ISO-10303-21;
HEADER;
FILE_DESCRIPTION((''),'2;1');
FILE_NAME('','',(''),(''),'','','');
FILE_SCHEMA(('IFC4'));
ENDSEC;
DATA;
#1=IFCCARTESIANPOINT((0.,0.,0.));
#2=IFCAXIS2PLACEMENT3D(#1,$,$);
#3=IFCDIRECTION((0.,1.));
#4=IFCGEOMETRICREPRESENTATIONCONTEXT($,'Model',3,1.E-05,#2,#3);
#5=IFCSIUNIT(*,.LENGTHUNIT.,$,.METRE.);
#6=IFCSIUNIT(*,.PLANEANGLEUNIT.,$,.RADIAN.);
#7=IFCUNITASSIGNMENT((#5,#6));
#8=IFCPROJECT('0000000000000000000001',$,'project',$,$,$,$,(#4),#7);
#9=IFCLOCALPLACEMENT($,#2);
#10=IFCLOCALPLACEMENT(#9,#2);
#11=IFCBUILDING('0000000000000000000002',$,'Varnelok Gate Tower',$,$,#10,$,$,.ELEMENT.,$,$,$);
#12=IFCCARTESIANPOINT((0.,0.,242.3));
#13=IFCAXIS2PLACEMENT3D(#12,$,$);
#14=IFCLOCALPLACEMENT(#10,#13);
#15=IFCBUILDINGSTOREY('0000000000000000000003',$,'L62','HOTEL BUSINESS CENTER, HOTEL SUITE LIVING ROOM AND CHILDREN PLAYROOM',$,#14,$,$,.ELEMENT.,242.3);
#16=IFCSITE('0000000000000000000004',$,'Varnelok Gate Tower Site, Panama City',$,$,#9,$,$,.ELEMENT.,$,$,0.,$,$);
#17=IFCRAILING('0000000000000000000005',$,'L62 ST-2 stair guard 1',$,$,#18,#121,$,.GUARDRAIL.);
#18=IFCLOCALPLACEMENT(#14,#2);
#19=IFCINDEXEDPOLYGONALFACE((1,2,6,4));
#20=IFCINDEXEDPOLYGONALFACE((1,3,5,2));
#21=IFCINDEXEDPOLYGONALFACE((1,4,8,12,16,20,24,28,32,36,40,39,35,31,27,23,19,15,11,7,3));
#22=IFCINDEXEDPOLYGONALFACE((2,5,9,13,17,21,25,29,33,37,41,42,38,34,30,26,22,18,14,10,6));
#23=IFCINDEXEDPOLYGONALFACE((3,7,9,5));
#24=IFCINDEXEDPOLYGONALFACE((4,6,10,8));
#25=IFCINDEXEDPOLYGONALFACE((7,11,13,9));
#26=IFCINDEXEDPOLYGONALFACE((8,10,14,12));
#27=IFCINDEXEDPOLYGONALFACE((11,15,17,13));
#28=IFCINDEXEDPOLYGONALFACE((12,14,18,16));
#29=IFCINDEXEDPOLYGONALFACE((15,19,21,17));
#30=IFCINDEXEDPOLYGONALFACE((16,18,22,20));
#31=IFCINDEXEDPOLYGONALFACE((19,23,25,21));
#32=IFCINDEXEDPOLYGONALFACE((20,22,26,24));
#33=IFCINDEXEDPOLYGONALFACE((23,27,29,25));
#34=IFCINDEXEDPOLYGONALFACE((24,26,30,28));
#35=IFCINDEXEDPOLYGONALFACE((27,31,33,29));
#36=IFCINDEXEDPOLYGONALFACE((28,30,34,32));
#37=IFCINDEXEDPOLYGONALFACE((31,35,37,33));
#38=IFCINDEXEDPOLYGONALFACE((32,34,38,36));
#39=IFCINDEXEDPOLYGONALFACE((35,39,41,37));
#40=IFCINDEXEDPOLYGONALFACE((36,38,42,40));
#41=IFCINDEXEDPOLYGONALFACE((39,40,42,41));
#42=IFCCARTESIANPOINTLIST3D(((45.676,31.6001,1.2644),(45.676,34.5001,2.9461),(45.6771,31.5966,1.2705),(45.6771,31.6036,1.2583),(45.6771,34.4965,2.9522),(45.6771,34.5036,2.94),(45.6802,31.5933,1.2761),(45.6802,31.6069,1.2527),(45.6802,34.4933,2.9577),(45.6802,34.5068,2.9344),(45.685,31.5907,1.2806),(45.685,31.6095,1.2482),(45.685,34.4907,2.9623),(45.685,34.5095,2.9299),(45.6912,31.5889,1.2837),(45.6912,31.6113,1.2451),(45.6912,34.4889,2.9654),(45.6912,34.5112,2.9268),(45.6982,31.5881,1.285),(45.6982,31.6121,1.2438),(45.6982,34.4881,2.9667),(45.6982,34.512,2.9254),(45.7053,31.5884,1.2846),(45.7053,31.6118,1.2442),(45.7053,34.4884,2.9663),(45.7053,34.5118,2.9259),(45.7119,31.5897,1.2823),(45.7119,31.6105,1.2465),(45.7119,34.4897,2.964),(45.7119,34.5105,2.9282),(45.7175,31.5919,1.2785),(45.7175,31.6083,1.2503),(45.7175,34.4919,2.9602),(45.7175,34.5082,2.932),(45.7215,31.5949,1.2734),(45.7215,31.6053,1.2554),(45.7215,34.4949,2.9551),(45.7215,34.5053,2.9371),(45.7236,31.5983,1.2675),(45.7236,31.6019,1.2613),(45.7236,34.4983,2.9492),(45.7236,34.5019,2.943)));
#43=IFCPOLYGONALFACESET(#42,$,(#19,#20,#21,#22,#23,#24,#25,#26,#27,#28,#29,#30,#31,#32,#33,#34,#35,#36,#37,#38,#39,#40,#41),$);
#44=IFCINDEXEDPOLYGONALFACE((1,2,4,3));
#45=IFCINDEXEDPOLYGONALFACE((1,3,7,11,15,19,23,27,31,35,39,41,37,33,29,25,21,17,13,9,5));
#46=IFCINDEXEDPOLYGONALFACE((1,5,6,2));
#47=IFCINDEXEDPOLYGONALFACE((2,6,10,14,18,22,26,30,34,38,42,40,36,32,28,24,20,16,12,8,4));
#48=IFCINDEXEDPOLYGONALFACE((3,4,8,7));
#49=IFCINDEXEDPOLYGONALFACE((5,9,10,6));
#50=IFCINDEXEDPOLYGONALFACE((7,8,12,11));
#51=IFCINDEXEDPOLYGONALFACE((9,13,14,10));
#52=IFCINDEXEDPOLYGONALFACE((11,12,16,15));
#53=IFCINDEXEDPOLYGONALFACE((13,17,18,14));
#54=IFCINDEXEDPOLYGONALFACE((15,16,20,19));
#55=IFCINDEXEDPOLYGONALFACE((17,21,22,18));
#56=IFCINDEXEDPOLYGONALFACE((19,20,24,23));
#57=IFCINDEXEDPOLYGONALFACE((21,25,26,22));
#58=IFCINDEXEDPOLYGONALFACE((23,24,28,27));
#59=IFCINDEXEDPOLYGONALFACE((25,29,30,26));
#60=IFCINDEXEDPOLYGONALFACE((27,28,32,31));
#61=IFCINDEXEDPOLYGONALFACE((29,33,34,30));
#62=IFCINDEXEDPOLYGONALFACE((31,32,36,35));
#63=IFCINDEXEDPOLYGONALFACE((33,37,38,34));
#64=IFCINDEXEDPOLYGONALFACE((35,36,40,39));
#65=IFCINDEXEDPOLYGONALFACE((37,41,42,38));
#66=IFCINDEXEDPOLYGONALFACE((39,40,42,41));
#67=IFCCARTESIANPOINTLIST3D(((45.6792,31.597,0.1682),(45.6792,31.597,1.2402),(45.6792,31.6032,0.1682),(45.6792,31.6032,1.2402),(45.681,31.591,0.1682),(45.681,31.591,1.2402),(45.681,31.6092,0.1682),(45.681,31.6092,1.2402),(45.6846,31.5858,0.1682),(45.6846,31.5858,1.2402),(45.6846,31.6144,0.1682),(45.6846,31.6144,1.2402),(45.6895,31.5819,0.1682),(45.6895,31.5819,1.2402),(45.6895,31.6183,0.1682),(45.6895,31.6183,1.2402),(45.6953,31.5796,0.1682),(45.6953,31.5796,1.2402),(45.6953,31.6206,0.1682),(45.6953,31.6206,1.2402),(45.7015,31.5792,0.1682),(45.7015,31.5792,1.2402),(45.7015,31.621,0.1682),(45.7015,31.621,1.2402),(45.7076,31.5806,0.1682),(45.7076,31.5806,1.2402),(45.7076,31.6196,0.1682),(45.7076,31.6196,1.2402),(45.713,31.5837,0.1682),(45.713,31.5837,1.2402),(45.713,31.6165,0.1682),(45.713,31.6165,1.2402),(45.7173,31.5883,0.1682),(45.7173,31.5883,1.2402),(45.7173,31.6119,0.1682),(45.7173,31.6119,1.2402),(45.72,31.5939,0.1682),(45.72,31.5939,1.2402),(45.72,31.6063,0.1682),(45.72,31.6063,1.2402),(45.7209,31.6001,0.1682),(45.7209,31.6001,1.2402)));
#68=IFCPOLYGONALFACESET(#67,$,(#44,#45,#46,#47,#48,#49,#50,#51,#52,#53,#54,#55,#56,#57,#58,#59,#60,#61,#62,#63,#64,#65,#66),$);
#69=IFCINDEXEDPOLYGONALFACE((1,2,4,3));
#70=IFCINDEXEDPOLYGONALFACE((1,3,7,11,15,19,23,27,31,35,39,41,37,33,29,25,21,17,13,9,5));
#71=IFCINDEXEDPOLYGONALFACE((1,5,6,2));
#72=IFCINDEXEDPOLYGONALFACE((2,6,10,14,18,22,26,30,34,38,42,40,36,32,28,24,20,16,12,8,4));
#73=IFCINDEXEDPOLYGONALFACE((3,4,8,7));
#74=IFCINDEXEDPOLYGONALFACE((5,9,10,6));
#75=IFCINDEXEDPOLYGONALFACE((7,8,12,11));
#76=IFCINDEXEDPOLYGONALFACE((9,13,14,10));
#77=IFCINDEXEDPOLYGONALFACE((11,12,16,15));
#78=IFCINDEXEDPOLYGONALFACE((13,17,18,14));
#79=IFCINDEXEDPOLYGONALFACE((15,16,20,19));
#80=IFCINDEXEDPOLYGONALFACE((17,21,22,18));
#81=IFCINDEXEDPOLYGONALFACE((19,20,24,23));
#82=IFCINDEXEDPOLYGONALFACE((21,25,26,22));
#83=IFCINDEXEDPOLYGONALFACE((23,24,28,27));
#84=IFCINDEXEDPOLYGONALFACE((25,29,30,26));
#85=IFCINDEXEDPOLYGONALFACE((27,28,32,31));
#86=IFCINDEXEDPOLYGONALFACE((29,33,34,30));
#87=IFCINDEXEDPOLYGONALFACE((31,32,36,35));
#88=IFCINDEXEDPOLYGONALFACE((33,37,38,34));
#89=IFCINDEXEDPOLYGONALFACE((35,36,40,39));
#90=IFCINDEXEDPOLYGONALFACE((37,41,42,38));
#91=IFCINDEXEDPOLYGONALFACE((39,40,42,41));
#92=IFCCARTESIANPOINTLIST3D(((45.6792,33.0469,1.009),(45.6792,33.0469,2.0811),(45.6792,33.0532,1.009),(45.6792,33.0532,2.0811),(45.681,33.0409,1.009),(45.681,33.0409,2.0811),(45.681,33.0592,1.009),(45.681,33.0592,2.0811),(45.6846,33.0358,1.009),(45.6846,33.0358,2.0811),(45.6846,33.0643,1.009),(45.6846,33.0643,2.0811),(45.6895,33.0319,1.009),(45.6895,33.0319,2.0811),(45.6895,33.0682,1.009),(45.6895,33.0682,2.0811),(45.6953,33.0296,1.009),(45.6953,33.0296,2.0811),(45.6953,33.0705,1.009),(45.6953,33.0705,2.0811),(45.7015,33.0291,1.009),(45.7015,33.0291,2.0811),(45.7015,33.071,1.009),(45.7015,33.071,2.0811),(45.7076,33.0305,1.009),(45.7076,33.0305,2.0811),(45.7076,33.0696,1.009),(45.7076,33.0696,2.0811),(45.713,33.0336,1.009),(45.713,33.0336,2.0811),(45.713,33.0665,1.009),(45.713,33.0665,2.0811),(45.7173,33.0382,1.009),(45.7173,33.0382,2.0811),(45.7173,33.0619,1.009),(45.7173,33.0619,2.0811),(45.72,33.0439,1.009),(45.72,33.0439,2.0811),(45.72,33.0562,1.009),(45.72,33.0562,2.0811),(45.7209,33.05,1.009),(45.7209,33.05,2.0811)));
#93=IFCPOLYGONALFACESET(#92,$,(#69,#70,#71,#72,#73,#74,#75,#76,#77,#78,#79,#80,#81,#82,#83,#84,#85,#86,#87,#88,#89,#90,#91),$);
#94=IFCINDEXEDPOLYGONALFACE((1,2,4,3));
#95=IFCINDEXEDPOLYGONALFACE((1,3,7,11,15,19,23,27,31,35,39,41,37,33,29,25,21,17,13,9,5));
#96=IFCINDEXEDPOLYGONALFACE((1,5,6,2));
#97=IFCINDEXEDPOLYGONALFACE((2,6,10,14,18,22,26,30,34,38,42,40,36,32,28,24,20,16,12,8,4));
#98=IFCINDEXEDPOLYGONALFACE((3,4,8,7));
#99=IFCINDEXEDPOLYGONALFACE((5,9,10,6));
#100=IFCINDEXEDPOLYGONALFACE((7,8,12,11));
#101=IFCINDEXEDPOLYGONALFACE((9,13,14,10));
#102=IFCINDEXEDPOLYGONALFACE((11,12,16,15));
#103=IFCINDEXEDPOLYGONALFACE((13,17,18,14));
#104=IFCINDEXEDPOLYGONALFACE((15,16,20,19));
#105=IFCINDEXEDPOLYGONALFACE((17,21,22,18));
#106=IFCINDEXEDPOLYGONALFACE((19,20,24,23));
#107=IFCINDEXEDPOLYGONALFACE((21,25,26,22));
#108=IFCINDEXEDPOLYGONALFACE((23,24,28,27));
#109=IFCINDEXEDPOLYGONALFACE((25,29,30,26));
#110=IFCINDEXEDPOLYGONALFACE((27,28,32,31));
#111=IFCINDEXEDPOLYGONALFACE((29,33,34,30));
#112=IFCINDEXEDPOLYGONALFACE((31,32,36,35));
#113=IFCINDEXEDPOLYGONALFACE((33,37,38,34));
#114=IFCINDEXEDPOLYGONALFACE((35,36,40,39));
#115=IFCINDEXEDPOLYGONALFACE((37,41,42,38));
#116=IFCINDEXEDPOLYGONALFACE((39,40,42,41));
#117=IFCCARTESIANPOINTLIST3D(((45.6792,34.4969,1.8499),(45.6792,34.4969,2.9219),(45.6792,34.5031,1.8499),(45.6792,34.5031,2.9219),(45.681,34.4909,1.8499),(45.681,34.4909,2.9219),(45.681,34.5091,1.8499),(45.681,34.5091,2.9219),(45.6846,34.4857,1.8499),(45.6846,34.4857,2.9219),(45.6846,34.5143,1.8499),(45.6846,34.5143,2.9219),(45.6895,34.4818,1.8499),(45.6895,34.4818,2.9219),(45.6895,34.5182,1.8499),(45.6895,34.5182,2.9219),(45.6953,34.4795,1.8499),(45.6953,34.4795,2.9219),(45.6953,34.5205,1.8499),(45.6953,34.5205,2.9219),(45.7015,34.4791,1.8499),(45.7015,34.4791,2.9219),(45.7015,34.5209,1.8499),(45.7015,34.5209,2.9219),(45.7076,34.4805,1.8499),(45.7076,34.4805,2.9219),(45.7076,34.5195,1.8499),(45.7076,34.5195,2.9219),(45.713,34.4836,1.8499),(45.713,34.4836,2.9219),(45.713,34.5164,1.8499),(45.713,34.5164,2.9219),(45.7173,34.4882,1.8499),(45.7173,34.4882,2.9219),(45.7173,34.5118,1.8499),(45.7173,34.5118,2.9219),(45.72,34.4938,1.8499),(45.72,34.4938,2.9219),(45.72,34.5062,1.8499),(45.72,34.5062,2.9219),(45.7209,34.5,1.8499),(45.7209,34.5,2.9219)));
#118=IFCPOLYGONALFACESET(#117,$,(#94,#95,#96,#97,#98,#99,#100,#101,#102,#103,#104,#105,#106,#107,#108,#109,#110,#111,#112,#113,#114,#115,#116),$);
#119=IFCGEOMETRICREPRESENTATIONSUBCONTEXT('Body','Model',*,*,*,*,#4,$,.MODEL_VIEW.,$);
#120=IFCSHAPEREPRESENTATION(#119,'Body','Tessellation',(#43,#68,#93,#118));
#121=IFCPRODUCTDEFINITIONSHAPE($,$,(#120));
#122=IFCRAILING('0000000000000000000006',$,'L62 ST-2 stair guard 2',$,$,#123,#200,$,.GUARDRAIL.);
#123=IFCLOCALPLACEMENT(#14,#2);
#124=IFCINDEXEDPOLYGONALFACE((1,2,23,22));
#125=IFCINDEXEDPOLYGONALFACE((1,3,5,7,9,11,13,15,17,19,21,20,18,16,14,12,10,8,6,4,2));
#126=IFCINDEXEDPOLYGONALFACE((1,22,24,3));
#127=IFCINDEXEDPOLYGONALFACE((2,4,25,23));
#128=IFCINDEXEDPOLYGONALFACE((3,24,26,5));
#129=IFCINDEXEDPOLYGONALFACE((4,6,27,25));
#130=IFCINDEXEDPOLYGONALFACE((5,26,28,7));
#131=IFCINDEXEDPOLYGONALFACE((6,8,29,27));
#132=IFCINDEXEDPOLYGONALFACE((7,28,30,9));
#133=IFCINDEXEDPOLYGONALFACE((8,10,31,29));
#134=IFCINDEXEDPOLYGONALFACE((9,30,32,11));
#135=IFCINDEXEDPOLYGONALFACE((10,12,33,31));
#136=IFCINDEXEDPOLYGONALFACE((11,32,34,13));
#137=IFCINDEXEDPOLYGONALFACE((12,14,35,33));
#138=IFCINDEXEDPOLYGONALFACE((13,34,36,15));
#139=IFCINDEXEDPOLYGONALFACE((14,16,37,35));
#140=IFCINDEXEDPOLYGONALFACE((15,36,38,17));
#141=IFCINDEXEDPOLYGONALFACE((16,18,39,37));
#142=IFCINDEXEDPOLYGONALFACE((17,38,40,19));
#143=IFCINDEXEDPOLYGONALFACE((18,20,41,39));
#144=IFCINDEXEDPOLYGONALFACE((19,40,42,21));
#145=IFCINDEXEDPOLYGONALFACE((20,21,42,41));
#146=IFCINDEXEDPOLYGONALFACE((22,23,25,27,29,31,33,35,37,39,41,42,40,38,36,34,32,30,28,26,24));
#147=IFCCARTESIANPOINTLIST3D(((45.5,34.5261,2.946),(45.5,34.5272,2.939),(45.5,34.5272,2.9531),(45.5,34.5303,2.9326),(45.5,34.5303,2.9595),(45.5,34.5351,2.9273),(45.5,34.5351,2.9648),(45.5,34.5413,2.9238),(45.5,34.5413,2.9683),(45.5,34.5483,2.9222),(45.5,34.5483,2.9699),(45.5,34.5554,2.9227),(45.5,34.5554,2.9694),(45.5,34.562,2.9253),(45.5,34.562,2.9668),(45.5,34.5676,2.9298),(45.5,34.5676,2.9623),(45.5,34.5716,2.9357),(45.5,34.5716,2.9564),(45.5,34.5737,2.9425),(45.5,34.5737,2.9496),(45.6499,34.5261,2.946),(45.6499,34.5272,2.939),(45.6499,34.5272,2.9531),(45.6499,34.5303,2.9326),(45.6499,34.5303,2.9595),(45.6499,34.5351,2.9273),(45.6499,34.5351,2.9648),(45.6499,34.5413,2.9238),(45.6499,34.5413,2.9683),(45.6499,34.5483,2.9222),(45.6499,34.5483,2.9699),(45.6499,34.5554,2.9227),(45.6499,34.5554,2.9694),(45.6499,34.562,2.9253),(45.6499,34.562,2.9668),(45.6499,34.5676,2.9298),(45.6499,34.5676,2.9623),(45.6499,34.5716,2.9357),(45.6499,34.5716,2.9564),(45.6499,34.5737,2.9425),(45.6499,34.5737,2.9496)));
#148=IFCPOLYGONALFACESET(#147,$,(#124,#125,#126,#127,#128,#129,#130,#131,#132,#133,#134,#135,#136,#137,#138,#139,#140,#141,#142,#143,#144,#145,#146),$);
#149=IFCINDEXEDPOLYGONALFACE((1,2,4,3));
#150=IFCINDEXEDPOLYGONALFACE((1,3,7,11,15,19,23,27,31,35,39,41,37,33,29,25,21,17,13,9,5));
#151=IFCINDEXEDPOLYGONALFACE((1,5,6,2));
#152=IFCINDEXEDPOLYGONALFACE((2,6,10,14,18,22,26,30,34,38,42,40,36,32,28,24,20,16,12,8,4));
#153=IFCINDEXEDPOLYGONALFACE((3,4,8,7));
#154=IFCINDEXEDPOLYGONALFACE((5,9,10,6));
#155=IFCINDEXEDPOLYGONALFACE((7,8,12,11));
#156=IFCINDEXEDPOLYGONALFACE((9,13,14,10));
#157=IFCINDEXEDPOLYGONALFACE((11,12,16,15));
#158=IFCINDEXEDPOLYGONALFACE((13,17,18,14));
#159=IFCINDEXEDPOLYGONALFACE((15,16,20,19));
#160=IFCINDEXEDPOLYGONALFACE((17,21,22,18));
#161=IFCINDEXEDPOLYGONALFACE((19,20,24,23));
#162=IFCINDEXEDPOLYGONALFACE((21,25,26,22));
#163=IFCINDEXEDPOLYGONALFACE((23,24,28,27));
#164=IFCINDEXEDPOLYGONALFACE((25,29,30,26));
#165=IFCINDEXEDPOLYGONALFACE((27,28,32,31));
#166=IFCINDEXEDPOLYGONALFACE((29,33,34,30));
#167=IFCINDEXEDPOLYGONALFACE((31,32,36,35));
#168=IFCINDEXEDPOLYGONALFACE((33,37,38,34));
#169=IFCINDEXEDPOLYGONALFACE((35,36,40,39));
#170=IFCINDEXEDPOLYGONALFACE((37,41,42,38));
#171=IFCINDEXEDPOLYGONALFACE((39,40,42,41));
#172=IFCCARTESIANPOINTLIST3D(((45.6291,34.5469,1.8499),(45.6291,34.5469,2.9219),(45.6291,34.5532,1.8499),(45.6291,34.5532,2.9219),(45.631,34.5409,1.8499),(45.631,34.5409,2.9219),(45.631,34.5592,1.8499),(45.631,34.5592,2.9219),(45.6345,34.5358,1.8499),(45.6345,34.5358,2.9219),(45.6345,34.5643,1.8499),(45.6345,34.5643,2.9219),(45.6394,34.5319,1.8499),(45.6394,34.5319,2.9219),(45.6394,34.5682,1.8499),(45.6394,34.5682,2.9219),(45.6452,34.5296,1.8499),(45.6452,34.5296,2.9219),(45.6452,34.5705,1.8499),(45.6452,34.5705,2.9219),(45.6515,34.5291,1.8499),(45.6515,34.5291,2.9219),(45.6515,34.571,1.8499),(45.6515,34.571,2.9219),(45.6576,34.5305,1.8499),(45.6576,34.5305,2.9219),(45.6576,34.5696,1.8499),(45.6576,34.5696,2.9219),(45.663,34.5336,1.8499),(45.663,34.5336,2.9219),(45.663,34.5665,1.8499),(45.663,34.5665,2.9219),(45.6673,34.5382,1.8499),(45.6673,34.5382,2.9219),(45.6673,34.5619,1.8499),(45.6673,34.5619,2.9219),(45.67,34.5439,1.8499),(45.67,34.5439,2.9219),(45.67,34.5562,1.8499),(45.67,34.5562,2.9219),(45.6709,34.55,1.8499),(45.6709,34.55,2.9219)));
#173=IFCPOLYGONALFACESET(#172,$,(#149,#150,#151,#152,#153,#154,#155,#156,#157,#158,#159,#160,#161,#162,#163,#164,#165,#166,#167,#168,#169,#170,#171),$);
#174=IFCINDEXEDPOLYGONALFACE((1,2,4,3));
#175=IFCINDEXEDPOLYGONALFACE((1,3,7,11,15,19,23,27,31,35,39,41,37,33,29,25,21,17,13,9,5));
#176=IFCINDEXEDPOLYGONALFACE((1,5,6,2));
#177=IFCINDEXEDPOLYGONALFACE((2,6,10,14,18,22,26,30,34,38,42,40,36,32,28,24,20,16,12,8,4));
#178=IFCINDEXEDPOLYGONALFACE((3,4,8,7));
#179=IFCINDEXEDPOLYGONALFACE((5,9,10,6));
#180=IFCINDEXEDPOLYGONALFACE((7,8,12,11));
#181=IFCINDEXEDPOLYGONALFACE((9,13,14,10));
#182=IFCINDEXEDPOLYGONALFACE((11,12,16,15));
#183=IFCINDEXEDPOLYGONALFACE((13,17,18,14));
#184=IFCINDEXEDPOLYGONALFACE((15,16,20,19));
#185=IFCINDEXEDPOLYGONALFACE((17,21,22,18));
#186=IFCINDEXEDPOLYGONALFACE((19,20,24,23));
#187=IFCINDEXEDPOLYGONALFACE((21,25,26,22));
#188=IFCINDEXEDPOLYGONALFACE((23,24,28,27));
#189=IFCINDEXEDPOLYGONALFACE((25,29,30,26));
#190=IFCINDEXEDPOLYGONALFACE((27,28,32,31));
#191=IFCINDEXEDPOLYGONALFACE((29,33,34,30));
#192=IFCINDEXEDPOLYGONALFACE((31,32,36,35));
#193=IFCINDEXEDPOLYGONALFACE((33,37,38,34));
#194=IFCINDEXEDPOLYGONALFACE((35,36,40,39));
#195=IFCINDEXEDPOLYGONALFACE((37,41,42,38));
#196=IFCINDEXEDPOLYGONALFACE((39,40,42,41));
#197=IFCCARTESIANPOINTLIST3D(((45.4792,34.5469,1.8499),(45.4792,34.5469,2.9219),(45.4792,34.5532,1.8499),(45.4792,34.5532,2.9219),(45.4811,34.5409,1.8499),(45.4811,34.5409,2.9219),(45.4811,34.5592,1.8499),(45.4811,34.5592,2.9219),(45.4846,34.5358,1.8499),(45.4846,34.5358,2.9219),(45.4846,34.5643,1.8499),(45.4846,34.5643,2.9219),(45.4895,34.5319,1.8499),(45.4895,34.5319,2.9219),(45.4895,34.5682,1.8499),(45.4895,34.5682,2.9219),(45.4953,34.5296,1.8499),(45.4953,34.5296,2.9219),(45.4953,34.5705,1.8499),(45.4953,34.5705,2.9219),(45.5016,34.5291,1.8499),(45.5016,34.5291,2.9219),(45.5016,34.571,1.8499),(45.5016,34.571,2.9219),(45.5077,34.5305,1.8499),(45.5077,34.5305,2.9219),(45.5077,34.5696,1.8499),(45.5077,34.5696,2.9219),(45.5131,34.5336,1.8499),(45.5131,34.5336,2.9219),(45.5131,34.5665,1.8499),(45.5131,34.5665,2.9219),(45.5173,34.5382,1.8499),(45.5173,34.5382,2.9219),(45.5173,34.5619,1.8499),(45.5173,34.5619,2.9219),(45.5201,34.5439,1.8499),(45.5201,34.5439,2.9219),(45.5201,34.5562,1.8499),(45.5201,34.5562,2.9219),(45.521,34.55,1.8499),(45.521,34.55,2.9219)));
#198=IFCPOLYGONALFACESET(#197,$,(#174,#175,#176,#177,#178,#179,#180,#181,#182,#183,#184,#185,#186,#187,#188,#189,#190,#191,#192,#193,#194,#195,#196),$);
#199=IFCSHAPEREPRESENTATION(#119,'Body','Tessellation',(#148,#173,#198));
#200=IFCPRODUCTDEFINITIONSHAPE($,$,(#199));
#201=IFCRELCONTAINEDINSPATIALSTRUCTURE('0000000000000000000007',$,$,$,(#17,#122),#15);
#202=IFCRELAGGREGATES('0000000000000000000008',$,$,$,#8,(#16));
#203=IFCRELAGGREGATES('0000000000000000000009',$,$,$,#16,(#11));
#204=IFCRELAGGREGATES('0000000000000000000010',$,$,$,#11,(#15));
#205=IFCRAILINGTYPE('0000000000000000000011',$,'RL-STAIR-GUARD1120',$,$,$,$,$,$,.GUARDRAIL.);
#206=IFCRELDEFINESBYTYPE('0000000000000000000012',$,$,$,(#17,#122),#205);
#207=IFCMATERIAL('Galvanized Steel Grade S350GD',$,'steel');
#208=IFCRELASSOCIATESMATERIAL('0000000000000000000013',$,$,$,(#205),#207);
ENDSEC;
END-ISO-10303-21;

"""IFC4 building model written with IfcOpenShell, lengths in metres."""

from ifc_helpers import new_model, si_unit, direction, frame, origin, origin_2d, place, context, subcontext, project, spatial, circle, extrude, material, type_object, element, save


model = new_model("IFC4")

# Units and contexts
model_context = context("Model", 3, precision=1e-05, world=origin(), true_north=direction((0.0, 1.0)))
body_context = subcontext(model_context, "Body", "Model", "MODEL_VIEW")
ifc_project = project(units=[si_unit("LENGTHUNIT", "METRE"), si_unit("PLANEANGLEUNIT", "RADIAN")], contexts=[model_context])

# Site, building, storey
site_placement = place(None, origin())
site = spatial("IfcSite", under=ifc_project, at=site_placement, Name="Varnelok Gate Tower Site, Panama City", CompositionType="ELEMENT", RefElevation=0.0)
building_placement = place(site_placement, origin())
building = spatial("IfcBuilding", under=site, at=building_placement, Name="Varnelok Gate Tower", CompositionType="ELEMENT")
storey_placement = place(building_placement, frame((0.0, 0.0, 242.3)))
storey = spatial("IfcBuildingStorey", under=building, at=storey_placement, Name="L62", Description="HOTEL BUSINESS CENTER, HOTEL SUITE LIVING ROOM AND CHILDREN PLAYROOM", CompositionType="ELEMENT", Elevation=242.3)

# Shared definitions
ifc_material_1 = material(Name="Galvanized Steel Grade S350GD", Category="steel")

# Railings
railing_type_1 = type_object("IfcRailingType", Name="RL-STAIR-GUARD1120", PredefinedType="GUARDRAIL", material=ifc_material_1)
railing_1_placement = place(storey_placement, frame((45.7, 31.6001, 0.1682)))
element("IfcRailing", 1, at=railing_1_placement, inside=storey, type_object=railing_type_1, Name="L62 ST-2 stair guard 1", PredefinedType="GUARDRAIL", context=body_context, shape_type="SweptSolid", body=[
    extrude(circle(Radius=0.0239, at=origin_2d()), frame((0.0, 0.0, 1.0962), z_axis=(0.0, 0.86507, 0.501651), x_axis=(-1.0, 0.0, 0.0)), (0.0, 0.0, 1.0), 3.3523),
    extrude(circle(Radius=0.021, at=origin_2d()), origin(), (0.0, 0.0, 1.0), 1.072),
    extrude(circle(Radius=0.021, at=origin_2d()), frame((0.0, 1.45, 0.8408)), (0.0, 0.0, 1.0), 1.072),
    extrude(circle(Radius=0.021, at=origin_2d()), frame((0.0, 2.8999, 1.6816)), (0.0, 0.0, 1.0), 1.072),
])
railing_2_placement = place(storey_placement, frame((45.6499, 34.55, 1.8499)))
element("IfcRailing", 2, at=railing_2_placement, inside=storey, type_object=railing_type_1, Name="L62 ST-2 stair guard 2", PredefinedType="GUARDRAIL", context=body_context, shape_type="SweptSolid", body=[
    extrude(circle(Radius=0.0239, at=origin_2d()), frame((0.0, 0.0, 1.0962), z_axis=(-1.0, 0.0, 0.0), x_axis=(0.0, -1.0, 0.0)), (0.0, 0.0, 1.0), 0.1499),
    extrude(circle(Radius=0.021, at=origin_2d()), origin(), (0.0, 0.0, 1.0), 1.072),
    extrude(circle(Radius=0.021, at=origin_2d()), frame((-0.1499, 0.0, 0.0)), (0.0, 0.0, 1.0), 1.072),
])

save(model, "model.ifc")
